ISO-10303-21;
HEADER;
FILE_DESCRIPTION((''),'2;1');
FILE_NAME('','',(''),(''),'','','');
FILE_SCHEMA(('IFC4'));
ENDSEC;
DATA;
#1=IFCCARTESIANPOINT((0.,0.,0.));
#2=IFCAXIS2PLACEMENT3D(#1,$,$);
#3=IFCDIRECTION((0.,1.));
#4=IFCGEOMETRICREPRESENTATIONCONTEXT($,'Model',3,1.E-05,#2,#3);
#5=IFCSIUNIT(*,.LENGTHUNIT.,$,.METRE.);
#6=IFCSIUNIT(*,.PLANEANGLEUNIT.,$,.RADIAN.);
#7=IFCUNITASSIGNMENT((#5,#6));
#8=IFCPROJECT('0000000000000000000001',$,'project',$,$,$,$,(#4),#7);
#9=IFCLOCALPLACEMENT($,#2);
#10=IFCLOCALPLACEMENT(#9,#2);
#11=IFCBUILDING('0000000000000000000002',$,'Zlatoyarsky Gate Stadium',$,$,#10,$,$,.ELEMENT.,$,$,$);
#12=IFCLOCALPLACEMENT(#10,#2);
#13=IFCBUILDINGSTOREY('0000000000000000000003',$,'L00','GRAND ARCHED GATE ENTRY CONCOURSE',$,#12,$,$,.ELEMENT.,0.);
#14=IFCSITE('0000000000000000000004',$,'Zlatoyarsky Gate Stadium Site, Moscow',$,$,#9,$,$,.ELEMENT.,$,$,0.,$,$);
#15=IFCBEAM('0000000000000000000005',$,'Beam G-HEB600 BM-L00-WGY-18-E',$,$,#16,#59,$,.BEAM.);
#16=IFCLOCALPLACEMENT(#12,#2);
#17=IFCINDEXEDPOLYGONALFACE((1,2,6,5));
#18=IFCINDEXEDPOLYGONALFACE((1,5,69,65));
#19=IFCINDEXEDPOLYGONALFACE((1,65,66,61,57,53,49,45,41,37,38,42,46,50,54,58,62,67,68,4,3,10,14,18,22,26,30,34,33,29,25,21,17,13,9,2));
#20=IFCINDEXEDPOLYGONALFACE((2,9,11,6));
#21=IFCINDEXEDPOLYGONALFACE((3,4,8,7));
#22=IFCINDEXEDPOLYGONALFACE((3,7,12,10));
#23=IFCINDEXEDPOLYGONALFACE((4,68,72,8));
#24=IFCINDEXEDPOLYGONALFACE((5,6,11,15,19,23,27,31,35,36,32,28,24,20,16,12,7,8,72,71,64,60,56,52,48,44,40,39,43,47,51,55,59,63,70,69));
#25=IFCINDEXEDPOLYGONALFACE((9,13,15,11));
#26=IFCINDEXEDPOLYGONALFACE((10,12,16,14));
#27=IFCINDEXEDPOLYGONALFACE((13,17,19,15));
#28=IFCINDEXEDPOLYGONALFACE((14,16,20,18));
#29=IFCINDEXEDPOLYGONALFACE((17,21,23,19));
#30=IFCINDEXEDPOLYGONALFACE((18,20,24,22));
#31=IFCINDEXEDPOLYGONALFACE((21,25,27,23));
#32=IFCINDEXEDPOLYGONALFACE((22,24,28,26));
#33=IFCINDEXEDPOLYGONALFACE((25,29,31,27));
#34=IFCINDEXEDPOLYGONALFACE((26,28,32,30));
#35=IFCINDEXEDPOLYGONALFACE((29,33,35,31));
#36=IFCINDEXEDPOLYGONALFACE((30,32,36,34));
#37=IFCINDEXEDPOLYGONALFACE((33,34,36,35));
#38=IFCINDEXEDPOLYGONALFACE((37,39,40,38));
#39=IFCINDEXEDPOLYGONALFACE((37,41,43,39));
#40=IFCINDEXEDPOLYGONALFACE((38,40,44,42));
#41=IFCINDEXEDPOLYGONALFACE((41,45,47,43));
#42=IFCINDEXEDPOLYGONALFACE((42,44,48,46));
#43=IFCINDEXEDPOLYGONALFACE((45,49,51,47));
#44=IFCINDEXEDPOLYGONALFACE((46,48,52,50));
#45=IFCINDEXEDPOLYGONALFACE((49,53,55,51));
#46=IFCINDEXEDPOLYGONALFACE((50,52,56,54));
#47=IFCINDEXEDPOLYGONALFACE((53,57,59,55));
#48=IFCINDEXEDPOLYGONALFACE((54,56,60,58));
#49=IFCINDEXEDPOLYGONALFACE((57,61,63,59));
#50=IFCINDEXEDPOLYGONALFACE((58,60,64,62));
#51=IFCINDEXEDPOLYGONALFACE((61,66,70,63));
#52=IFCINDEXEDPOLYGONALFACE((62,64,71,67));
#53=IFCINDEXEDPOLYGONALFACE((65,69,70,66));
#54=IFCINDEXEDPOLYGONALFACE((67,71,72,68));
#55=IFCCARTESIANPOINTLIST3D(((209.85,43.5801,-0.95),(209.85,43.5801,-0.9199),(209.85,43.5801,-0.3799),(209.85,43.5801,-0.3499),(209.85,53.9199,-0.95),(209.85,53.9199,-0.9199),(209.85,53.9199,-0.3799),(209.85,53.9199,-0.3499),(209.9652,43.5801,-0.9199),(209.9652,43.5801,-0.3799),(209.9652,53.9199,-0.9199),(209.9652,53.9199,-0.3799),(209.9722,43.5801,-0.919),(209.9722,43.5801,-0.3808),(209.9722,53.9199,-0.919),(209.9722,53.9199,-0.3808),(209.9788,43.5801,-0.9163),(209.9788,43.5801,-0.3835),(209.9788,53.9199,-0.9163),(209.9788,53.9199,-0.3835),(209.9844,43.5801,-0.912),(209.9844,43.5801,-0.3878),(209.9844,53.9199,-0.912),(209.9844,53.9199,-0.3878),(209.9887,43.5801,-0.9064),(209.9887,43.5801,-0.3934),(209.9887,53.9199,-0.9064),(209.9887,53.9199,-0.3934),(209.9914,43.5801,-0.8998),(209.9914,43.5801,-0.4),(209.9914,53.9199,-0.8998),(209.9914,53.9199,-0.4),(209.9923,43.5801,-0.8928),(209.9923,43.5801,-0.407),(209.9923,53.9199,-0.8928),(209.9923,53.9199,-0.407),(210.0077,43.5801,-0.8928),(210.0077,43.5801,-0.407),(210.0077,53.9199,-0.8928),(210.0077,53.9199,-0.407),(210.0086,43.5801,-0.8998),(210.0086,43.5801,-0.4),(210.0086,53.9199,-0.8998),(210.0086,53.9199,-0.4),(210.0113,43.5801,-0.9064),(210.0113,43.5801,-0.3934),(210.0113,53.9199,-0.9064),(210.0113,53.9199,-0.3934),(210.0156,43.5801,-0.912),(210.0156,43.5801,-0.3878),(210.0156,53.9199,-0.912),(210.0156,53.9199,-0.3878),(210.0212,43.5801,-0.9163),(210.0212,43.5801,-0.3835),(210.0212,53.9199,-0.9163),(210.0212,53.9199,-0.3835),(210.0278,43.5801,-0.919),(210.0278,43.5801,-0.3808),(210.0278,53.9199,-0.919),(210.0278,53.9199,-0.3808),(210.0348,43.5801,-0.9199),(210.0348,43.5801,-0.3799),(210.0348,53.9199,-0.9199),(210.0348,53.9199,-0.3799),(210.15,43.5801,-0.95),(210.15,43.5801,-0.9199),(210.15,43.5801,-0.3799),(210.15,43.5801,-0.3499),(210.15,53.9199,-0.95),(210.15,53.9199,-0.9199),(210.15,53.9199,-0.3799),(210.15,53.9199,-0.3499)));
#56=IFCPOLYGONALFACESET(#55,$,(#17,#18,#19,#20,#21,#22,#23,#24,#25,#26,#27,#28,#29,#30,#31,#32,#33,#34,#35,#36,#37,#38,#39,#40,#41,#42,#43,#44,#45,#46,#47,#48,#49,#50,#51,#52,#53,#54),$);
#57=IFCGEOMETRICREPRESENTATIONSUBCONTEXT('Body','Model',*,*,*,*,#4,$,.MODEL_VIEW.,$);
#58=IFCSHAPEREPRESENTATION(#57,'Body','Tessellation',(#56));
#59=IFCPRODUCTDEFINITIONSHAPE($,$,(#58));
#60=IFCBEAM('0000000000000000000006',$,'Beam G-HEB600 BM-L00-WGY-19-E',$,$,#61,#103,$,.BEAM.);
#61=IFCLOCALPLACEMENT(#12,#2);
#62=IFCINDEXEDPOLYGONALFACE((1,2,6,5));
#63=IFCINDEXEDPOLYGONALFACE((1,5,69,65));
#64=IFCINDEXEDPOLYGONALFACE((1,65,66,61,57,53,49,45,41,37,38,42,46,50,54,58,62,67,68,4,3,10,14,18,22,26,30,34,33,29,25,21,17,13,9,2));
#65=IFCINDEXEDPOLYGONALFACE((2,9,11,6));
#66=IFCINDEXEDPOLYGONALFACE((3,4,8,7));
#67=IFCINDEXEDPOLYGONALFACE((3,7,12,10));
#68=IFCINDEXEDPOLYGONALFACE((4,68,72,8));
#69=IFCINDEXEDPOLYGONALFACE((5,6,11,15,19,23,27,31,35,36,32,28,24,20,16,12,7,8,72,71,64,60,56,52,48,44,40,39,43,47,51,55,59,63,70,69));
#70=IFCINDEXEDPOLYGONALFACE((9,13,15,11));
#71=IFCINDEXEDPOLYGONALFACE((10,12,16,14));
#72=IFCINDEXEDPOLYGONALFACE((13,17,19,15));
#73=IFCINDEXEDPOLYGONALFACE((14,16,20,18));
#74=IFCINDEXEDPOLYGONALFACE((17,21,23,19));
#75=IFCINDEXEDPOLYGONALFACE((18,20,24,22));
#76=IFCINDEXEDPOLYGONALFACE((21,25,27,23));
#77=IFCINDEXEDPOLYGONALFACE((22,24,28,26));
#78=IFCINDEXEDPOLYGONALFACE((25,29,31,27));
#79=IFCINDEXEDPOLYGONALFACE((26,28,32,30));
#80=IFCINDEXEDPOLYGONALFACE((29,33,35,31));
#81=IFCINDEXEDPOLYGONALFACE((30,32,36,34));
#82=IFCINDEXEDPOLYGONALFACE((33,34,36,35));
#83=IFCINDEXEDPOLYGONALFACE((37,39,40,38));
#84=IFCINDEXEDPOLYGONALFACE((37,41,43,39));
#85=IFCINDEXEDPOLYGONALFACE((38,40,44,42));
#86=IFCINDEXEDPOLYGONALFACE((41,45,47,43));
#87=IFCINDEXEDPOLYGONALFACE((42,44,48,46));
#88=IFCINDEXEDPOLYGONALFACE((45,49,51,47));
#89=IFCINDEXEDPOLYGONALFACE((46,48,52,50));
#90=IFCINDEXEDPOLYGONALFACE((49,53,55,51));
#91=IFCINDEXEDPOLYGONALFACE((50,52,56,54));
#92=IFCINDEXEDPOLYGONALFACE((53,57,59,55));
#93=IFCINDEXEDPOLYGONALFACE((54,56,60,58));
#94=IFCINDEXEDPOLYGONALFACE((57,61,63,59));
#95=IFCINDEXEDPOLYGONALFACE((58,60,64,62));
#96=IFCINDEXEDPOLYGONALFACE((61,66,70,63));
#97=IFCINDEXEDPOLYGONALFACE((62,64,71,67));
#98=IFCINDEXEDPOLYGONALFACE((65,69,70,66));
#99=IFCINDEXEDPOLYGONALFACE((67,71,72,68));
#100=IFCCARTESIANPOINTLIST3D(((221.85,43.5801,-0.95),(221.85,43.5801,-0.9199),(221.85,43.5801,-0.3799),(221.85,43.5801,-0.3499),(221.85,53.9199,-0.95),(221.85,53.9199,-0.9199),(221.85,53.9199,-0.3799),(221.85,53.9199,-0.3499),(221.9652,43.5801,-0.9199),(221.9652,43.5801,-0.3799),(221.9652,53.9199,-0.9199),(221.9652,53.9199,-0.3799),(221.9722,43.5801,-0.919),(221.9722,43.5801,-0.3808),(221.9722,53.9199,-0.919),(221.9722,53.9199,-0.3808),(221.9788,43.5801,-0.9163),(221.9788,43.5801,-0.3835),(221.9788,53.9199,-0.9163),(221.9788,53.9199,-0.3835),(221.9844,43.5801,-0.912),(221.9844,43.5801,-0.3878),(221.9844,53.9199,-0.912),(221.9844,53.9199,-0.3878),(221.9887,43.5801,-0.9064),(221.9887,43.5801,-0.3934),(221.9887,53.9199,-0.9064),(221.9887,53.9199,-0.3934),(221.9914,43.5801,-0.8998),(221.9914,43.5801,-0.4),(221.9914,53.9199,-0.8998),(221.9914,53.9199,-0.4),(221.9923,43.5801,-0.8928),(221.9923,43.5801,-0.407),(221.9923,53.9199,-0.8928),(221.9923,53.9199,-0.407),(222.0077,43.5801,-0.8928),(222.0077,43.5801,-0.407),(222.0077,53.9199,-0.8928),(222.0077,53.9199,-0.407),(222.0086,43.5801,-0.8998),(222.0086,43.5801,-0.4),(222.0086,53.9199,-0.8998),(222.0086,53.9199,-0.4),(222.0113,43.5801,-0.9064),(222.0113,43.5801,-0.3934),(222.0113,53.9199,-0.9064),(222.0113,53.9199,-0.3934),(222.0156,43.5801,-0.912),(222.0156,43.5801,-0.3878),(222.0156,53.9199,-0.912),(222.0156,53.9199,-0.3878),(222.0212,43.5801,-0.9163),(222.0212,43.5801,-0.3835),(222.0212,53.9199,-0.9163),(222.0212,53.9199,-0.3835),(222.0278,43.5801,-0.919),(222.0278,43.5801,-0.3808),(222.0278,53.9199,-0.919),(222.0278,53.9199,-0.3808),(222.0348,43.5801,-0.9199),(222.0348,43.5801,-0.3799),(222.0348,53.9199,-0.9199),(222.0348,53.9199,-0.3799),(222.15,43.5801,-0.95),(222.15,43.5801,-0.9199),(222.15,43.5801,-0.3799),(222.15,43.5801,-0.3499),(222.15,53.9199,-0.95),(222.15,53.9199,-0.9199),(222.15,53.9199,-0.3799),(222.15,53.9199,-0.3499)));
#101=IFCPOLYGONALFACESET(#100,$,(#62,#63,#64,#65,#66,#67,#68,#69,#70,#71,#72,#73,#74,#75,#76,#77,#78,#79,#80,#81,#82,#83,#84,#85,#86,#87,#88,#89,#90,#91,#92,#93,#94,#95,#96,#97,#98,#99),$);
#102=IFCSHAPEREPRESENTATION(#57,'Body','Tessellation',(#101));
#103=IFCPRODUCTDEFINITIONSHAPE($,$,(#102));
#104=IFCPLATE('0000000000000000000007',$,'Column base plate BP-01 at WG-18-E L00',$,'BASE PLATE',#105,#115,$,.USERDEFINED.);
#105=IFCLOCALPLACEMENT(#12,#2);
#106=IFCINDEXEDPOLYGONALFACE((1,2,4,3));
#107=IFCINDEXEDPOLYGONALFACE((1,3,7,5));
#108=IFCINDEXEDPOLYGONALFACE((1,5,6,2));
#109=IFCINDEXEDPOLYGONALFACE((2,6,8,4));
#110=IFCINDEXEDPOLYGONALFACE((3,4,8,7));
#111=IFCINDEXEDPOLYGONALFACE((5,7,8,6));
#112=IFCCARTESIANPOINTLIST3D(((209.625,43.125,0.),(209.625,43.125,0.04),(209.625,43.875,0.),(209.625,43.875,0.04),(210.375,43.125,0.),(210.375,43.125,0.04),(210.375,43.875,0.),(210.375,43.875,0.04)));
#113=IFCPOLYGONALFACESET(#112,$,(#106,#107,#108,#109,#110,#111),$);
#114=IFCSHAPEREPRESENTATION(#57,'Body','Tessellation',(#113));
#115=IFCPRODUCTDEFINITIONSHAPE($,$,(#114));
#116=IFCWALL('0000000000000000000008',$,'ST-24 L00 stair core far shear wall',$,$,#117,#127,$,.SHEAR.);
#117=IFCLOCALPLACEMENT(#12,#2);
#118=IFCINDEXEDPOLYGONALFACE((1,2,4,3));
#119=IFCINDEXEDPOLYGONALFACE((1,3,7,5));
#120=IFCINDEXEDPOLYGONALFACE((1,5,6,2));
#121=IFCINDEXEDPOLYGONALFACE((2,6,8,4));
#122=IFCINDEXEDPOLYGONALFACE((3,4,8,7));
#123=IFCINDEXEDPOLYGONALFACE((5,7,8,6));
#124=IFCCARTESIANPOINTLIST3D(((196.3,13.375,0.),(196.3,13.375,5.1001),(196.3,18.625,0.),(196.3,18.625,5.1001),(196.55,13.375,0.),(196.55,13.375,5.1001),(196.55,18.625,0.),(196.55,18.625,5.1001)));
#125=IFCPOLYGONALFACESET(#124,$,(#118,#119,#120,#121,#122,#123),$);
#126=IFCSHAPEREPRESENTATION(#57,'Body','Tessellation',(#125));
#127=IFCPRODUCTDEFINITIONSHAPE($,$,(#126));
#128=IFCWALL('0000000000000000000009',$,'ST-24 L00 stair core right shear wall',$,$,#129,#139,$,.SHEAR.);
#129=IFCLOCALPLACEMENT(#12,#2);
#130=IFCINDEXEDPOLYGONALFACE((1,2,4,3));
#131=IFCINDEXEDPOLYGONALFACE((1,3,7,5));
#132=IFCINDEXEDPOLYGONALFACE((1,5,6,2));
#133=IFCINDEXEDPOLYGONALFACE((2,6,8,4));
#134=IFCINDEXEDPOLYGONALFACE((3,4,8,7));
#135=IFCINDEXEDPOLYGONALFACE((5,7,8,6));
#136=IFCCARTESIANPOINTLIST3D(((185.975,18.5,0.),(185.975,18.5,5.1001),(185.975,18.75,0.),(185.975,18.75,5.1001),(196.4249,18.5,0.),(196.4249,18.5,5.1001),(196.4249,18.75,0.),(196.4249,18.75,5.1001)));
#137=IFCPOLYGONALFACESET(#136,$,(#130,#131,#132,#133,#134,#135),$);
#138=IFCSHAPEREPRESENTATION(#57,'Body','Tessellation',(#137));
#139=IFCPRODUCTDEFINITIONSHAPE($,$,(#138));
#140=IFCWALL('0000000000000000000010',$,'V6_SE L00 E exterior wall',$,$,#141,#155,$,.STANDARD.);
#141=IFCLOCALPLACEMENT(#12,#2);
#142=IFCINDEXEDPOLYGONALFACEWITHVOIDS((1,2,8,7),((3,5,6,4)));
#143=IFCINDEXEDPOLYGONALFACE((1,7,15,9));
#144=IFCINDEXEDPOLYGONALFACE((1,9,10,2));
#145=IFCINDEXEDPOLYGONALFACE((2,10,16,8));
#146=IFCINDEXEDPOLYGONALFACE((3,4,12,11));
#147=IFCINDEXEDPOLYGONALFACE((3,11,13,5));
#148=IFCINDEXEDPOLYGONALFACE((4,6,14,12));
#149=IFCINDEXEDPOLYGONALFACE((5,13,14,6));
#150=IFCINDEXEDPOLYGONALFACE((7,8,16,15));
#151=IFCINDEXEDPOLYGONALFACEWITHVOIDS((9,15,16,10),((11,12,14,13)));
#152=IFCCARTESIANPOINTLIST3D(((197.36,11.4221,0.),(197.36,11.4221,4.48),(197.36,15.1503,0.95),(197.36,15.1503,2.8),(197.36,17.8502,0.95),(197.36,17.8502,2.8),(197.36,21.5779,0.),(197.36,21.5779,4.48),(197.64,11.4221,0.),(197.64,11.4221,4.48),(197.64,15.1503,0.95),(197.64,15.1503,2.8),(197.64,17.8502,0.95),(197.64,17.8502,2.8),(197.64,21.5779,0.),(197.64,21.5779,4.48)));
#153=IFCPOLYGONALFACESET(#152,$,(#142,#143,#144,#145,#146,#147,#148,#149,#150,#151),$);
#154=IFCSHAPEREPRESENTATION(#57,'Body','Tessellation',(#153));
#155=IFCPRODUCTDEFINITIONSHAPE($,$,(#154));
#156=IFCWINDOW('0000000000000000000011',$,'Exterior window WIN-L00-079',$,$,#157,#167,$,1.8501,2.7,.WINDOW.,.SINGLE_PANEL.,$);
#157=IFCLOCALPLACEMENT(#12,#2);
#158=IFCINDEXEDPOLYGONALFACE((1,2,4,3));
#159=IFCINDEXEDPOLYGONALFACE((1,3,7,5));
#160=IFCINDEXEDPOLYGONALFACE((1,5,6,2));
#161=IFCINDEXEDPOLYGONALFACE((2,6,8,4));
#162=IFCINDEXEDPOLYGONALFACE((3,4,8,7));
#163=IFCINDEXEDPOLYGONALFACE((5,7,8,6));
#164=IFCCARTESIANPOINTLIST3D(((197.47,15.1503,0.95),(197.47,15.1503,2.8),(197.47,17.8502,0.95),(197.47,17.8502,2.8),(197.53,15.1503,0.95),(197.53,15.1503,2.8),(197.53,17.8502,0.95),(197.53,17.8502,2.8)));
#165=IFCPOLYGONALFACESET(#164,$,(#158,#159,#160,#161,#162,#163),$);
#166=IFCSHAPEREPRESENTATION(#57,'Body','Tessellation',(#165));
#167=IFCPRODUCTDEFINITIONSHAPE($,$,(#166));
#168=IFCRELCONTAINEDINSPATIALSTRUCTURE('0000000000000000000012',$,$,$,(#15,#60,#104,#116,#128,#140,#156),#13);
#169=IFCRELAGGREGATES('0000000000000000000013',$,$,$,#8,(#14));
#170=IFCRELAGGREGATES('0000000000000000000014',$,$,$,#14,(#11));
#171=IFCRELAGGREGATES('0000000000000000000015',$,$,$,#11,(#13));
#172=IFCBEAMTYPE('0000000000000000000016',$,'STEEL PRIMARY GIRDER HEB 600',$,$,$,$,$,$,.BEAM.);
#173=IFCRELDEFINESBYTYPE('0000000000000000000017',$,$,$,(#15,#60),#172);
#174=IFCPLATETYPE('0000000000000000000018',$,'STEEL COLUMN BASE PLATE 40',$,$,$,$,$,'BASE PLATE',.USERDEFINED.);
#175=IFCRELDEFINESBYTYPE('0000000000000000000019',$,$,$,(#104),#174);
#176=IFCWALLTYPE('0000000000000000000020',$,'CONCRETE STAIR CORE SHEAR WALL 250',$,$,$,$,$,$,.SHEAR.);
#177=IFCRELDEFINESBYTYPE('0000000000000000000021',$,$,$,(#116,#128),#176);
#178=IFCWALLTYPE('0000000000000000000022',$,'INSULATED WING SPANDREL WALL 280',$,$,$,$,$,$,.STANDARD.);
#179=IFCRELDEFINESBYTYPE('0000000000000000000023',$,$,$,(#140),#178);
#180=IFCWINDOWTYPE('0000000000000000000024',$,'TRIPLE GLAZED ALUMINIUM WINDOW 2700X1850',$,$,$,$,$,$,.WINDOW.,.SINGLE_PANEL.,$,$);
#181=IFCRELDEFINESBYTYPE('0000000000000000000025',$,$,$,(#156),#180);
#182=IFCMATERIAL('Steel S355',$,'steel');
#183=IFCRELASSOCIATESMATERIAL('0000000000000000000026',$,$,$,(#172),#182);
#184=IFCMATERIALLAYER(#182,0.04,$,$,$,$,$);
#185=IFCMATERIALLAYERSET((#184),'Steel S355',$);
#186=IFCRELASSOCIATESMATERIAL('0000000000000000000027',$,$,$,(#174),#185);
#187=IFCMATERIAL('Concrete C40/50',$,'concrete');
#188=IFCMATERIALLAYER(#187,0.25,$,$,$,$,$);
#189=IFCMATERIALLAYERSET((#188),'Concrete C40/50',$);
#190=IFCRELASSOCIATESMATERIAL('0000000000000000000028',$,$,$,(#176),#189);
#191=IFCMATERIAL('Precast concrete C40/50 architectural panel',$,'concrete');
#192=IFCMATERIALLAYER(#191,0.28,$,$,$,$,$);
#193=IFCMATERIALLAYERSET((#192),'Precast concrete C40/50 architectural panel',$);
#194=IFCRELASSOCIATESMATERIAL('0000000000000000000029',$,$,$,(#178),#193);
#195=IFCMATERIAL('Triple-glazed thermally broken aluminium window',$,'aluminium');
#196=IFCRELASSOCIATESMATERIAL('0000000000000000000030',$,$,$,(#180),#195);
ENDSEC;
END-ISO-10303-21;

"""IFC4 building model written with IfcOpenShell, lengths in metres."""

from ifc_helpers import new_model, si_unit, direction, frame, frame_2d, origin, origin_2d, place, context, subcontext, project, spatial, rectangle, i_section, extrude, material, layer, layer_set, material_profile, profile_set, type_object, element, fill, save


model = new_model("IFC4")

# Units and contexts
model_context = context("Model", 3, precision=1e-05, world=origin(), true_north=direction((0.0, 1.0)))
body_context = subcontext(model_context, "Body", "Model", "MODEL_VIEW")
ifc_project = project(units=[si_unit("LENGTHUNIT", "METRE"), si_unit("PLANEANGLEUNIT", "RADIAN")], contexts=[model_context])

# Site, building, storey
site_placement = place(None, origin())
site = spatial("IfcSite", under=ifc_project, at=site_placement, Name="Zlatoyarsky Gate Stadium Site, Moscow", CompositionType="ELEMENT", RefElevation=0.0)
building_placement = place(site_placement, origin())
building = spatial("IfcBuilding", under=site, at=building_placement, Name="Zlatoyarsky Gate Stadium", CompositionType="ELEMENT")
storey_placement = place(building_placement, origin())
storey = spatial("IfcBuildingStorey", under=building, at=storey_placement, Name="L00", Description="GRAND ARCHED GATE ENTRY CONCOURSE", CompositionType="ELEMENT", Elevation=0.0)

# Shared definitions
ifc_material_1 = material(Name="Concrete C40/50", Category="concrete")
ifc_material_2 = material(Name="Steel S355", Category="steel")

# Beams
ifc_material_profile_1 = material_profile(ifc_material_2, i_section(OverallWidth=0.3, OverallDepth=0.6001, WebThickness=0.0154, FlangeThickness=0.03, FilletRadius=0.0271, at=origin_2d()), Name="HEB 600")
ifc_profile_set_1 = profile_set([ifc_material_profile_1], Name="Steel S355")
beam_type_1 = type_object("IfcBeamType", Name="STEEL PRIMARY GIRDER HEB 600", PredefinedType="BEAM", material=ifc_profile_set_1)
for number, where, z_axis, x_axis, name in (
    (1, (210.0, 43.5801, -0.6499), (0.0, 1.0, 0.0), (-1.0, 0.0, 0.0), "Beam G-HEB600 BM-L00-WGY-18-E"),
    (2, (222.0, 43.5801, -0.6499), (0.0, 1.0, 0.0), (-1.0, 0.0, 0.0), "Beam G-HEB600 BM-L00-WGY-19-E"),
):
    element("IfcBeam", number, at=place(storey_placement, frame(where, z_axis=z_axis, x_axis=x_axis)), inside=storey, type_object=beam_type_1, Name=name, PredefinedType="BEAM", context=body_context, shape_type="SweptSolid", body=[
        extrude(i_section(OverallWidth=0.3, OverallDepth=0.6001, WebThickness=0.0154, FlangeThickness=0.03, FilletRadius=0.0271, at=origin_2d()), origin(), (0.0, 0.0, 1.0), 10.3398),
    ])

# Plate
ifc_layer_1 = layer(ifc_material_2, 0.04)
ifc_layer_set_1 = layer_set([ifc_layer_1], Name="Steel S355")
plate_type = type_object("IfcPlateType", Name="STEEL COLUMN BASE PLATE 40", ElementType="BASE PLATE", PredefinedType="USERDEFINED", material=ifc_layer_set_1)
plate_placement = place(storey_placement, frame((210.0, 43.5, 0.0), z_axis=(0.0, 0.0, 1.0), x_axis=(1.0, 0.0, 0.0)))
element("IfcPlate", 3, at=plate_placement, inside=storey, type_object=plate_type, Name="Column base plate BP-01 at WG-18-E L00", ObjectType="BASE PLATE", PredefinedType="USERDEFINED", context=body_context, shape_type="SweptSolid", body=[
    extrude(rectangle(XDim=0.75, YDim=0.75, at=origin_2d()), origin(), (0.0, 0.0, 1.0), 0.04),
])

# Walls
ifc_layer_2 = layer(ifc_material_1, 0.25)
ifc_layer_set_2 = layer_set([ifc_layer_2], Name="Concrete C40/50")
wall_type_1 = type_object("IfcWallType", Name="CONCRETE STAIR CORE SHEAR WALL 250", PredefinedType="SHEAR", material=ifc_layer_set_2)
wall_1_placement = place(storey_placement, frame((196.425, 13.375, 0.0), z_axis=(0.0, 0.0, 1.0), x_axis=(0.0, 1.0, 0.0)))
element("IfcWall", 4, at=wall_1_placement, inside=storey, type_object=wall_type_1, Name="ST-24 L00 stair core far shear wall", PredefinedType="SHEAR", context=body_context, shape_type="SweptSolid", body=[
    extrude(rectangle(XDim=5.25, YDim=0.25, at=frame_2d((2.625, 0.0))), origin(), (0.0, 0.0, 1.0), 5.1001),
])
wall_2_placement = place(storey_placement, frame((196.425, 18.625, 0.0), z_axis=(0.0, 0.0, 1.0), x_axis=(-1.0, 0.0, 0.0)))
element("IfcWall", 5, at=wall_2_placement, inside=storey, type_object=wall_type_1, Name="ST-24 L00 stair core right shear wall", PredefinedType="SHEAR", context=body_context, shape_type="SweptSolid", body=[
    extrude(rectangle(XDim=10.45, YDim=0.25, at=frame_2d((5.2251, 0.0))), origin(), (0.0, 0.0, 1.0), 5.1001),
])

# Wall, opening, window
ifc_material_3 = material(Name="Precast concrete C40/50 architectural panel", Category="concrete")
ifc_layer_3 = layer(ifc_material_3, 0.28)
ifc_layer_set_3 = layer_set([ifc_layer_3], Name="Precast concrete C40/50 architectural panel")
wall_type_2 = type_object("IfcWallType", Name="INSULATED WING SPANDREL WALL 280", PredefinedType="STANDARD", material=ifc_layer_set_3)
wall_3_placement = place(storey_placement, frame((197.5, 11.4221, 0.0), z_axis=(0.0, 0.0, 1.0), x_axis=(0.0, 1.0, 0.0)))
wall_3 = element("IfcWall", 6, at=wall_3_placement, inside=storey, type_object=wall_type_2, Name="V6_SE L00 E exterior wall", PredefinedType="STANDARD", context=body_context, shape_type="SweptSolid", body=[
    extrude(rectangle(XDim=10.1558, YDim=0.28, at=frame_2d((5.0779, 0.0))), origin(), (0.0, 0.0, 1.0), 4.48),
])
opening_1_placement = place(wall_3_placement, frame((3.728, 0.0, 0.95)))
opening_1 = element("IfcOpeningElement", 7, at=opening_1_placement, cuts=wall_3, PredefinedType="OPENING", context=body_context, shape_type="SweptSolid", body=[
    extrude(rectangle(XDim=2.7, YDim=1.8501, at=frame_2d((1.3501, 0.925))), frame((0.0, 0.1499, 0.0), z_axis=(0.0, -1.0, 0.0), x_axis=(1.0, 0.0, 0.0)), (0.0, 0.0, 1.0), 0.3),
])
ifc_material_4 = material(Name="Triple-glazed thermally broken aluminium window", Category="aluminium")
window_type_1 = type_object("IfcWindowType", Name="TRIPLE GLAZED ALUMINIUM WINDOW 2700X1850", PartitioningType="SINGLE_PANEL", PredefinedType="WINDOW", material=ifc_material_4)
window_1_placement = place(opening_1_placement, origin())
window_1 = element("IfcWindow", 8, at=window_1_placement, inside=storey, type_object=window_type_1, Name="Exterior window WIN-L00-079", OverallHeight=1.8501, OverallWidth=2.7, PartitioningType="SINGLE_PANEL", PredefinedType="WINDOW", context=body_context, shape_type="SweptSolid", body=[
    extrude(rectangle(XDim=2.7, YDim=1.8501, at=frame_2d((1.3501, 0.925))), frame((0.0, 0.03, 0.0), z_axis=(0.0, -1.0, 0.0), x_axis=(1.0, 0.0, 0.0)), (0.0, 0.0, 1.0), 0.0601),
])
fill(opening_1, window_1)

save(model, "model.ifc")
